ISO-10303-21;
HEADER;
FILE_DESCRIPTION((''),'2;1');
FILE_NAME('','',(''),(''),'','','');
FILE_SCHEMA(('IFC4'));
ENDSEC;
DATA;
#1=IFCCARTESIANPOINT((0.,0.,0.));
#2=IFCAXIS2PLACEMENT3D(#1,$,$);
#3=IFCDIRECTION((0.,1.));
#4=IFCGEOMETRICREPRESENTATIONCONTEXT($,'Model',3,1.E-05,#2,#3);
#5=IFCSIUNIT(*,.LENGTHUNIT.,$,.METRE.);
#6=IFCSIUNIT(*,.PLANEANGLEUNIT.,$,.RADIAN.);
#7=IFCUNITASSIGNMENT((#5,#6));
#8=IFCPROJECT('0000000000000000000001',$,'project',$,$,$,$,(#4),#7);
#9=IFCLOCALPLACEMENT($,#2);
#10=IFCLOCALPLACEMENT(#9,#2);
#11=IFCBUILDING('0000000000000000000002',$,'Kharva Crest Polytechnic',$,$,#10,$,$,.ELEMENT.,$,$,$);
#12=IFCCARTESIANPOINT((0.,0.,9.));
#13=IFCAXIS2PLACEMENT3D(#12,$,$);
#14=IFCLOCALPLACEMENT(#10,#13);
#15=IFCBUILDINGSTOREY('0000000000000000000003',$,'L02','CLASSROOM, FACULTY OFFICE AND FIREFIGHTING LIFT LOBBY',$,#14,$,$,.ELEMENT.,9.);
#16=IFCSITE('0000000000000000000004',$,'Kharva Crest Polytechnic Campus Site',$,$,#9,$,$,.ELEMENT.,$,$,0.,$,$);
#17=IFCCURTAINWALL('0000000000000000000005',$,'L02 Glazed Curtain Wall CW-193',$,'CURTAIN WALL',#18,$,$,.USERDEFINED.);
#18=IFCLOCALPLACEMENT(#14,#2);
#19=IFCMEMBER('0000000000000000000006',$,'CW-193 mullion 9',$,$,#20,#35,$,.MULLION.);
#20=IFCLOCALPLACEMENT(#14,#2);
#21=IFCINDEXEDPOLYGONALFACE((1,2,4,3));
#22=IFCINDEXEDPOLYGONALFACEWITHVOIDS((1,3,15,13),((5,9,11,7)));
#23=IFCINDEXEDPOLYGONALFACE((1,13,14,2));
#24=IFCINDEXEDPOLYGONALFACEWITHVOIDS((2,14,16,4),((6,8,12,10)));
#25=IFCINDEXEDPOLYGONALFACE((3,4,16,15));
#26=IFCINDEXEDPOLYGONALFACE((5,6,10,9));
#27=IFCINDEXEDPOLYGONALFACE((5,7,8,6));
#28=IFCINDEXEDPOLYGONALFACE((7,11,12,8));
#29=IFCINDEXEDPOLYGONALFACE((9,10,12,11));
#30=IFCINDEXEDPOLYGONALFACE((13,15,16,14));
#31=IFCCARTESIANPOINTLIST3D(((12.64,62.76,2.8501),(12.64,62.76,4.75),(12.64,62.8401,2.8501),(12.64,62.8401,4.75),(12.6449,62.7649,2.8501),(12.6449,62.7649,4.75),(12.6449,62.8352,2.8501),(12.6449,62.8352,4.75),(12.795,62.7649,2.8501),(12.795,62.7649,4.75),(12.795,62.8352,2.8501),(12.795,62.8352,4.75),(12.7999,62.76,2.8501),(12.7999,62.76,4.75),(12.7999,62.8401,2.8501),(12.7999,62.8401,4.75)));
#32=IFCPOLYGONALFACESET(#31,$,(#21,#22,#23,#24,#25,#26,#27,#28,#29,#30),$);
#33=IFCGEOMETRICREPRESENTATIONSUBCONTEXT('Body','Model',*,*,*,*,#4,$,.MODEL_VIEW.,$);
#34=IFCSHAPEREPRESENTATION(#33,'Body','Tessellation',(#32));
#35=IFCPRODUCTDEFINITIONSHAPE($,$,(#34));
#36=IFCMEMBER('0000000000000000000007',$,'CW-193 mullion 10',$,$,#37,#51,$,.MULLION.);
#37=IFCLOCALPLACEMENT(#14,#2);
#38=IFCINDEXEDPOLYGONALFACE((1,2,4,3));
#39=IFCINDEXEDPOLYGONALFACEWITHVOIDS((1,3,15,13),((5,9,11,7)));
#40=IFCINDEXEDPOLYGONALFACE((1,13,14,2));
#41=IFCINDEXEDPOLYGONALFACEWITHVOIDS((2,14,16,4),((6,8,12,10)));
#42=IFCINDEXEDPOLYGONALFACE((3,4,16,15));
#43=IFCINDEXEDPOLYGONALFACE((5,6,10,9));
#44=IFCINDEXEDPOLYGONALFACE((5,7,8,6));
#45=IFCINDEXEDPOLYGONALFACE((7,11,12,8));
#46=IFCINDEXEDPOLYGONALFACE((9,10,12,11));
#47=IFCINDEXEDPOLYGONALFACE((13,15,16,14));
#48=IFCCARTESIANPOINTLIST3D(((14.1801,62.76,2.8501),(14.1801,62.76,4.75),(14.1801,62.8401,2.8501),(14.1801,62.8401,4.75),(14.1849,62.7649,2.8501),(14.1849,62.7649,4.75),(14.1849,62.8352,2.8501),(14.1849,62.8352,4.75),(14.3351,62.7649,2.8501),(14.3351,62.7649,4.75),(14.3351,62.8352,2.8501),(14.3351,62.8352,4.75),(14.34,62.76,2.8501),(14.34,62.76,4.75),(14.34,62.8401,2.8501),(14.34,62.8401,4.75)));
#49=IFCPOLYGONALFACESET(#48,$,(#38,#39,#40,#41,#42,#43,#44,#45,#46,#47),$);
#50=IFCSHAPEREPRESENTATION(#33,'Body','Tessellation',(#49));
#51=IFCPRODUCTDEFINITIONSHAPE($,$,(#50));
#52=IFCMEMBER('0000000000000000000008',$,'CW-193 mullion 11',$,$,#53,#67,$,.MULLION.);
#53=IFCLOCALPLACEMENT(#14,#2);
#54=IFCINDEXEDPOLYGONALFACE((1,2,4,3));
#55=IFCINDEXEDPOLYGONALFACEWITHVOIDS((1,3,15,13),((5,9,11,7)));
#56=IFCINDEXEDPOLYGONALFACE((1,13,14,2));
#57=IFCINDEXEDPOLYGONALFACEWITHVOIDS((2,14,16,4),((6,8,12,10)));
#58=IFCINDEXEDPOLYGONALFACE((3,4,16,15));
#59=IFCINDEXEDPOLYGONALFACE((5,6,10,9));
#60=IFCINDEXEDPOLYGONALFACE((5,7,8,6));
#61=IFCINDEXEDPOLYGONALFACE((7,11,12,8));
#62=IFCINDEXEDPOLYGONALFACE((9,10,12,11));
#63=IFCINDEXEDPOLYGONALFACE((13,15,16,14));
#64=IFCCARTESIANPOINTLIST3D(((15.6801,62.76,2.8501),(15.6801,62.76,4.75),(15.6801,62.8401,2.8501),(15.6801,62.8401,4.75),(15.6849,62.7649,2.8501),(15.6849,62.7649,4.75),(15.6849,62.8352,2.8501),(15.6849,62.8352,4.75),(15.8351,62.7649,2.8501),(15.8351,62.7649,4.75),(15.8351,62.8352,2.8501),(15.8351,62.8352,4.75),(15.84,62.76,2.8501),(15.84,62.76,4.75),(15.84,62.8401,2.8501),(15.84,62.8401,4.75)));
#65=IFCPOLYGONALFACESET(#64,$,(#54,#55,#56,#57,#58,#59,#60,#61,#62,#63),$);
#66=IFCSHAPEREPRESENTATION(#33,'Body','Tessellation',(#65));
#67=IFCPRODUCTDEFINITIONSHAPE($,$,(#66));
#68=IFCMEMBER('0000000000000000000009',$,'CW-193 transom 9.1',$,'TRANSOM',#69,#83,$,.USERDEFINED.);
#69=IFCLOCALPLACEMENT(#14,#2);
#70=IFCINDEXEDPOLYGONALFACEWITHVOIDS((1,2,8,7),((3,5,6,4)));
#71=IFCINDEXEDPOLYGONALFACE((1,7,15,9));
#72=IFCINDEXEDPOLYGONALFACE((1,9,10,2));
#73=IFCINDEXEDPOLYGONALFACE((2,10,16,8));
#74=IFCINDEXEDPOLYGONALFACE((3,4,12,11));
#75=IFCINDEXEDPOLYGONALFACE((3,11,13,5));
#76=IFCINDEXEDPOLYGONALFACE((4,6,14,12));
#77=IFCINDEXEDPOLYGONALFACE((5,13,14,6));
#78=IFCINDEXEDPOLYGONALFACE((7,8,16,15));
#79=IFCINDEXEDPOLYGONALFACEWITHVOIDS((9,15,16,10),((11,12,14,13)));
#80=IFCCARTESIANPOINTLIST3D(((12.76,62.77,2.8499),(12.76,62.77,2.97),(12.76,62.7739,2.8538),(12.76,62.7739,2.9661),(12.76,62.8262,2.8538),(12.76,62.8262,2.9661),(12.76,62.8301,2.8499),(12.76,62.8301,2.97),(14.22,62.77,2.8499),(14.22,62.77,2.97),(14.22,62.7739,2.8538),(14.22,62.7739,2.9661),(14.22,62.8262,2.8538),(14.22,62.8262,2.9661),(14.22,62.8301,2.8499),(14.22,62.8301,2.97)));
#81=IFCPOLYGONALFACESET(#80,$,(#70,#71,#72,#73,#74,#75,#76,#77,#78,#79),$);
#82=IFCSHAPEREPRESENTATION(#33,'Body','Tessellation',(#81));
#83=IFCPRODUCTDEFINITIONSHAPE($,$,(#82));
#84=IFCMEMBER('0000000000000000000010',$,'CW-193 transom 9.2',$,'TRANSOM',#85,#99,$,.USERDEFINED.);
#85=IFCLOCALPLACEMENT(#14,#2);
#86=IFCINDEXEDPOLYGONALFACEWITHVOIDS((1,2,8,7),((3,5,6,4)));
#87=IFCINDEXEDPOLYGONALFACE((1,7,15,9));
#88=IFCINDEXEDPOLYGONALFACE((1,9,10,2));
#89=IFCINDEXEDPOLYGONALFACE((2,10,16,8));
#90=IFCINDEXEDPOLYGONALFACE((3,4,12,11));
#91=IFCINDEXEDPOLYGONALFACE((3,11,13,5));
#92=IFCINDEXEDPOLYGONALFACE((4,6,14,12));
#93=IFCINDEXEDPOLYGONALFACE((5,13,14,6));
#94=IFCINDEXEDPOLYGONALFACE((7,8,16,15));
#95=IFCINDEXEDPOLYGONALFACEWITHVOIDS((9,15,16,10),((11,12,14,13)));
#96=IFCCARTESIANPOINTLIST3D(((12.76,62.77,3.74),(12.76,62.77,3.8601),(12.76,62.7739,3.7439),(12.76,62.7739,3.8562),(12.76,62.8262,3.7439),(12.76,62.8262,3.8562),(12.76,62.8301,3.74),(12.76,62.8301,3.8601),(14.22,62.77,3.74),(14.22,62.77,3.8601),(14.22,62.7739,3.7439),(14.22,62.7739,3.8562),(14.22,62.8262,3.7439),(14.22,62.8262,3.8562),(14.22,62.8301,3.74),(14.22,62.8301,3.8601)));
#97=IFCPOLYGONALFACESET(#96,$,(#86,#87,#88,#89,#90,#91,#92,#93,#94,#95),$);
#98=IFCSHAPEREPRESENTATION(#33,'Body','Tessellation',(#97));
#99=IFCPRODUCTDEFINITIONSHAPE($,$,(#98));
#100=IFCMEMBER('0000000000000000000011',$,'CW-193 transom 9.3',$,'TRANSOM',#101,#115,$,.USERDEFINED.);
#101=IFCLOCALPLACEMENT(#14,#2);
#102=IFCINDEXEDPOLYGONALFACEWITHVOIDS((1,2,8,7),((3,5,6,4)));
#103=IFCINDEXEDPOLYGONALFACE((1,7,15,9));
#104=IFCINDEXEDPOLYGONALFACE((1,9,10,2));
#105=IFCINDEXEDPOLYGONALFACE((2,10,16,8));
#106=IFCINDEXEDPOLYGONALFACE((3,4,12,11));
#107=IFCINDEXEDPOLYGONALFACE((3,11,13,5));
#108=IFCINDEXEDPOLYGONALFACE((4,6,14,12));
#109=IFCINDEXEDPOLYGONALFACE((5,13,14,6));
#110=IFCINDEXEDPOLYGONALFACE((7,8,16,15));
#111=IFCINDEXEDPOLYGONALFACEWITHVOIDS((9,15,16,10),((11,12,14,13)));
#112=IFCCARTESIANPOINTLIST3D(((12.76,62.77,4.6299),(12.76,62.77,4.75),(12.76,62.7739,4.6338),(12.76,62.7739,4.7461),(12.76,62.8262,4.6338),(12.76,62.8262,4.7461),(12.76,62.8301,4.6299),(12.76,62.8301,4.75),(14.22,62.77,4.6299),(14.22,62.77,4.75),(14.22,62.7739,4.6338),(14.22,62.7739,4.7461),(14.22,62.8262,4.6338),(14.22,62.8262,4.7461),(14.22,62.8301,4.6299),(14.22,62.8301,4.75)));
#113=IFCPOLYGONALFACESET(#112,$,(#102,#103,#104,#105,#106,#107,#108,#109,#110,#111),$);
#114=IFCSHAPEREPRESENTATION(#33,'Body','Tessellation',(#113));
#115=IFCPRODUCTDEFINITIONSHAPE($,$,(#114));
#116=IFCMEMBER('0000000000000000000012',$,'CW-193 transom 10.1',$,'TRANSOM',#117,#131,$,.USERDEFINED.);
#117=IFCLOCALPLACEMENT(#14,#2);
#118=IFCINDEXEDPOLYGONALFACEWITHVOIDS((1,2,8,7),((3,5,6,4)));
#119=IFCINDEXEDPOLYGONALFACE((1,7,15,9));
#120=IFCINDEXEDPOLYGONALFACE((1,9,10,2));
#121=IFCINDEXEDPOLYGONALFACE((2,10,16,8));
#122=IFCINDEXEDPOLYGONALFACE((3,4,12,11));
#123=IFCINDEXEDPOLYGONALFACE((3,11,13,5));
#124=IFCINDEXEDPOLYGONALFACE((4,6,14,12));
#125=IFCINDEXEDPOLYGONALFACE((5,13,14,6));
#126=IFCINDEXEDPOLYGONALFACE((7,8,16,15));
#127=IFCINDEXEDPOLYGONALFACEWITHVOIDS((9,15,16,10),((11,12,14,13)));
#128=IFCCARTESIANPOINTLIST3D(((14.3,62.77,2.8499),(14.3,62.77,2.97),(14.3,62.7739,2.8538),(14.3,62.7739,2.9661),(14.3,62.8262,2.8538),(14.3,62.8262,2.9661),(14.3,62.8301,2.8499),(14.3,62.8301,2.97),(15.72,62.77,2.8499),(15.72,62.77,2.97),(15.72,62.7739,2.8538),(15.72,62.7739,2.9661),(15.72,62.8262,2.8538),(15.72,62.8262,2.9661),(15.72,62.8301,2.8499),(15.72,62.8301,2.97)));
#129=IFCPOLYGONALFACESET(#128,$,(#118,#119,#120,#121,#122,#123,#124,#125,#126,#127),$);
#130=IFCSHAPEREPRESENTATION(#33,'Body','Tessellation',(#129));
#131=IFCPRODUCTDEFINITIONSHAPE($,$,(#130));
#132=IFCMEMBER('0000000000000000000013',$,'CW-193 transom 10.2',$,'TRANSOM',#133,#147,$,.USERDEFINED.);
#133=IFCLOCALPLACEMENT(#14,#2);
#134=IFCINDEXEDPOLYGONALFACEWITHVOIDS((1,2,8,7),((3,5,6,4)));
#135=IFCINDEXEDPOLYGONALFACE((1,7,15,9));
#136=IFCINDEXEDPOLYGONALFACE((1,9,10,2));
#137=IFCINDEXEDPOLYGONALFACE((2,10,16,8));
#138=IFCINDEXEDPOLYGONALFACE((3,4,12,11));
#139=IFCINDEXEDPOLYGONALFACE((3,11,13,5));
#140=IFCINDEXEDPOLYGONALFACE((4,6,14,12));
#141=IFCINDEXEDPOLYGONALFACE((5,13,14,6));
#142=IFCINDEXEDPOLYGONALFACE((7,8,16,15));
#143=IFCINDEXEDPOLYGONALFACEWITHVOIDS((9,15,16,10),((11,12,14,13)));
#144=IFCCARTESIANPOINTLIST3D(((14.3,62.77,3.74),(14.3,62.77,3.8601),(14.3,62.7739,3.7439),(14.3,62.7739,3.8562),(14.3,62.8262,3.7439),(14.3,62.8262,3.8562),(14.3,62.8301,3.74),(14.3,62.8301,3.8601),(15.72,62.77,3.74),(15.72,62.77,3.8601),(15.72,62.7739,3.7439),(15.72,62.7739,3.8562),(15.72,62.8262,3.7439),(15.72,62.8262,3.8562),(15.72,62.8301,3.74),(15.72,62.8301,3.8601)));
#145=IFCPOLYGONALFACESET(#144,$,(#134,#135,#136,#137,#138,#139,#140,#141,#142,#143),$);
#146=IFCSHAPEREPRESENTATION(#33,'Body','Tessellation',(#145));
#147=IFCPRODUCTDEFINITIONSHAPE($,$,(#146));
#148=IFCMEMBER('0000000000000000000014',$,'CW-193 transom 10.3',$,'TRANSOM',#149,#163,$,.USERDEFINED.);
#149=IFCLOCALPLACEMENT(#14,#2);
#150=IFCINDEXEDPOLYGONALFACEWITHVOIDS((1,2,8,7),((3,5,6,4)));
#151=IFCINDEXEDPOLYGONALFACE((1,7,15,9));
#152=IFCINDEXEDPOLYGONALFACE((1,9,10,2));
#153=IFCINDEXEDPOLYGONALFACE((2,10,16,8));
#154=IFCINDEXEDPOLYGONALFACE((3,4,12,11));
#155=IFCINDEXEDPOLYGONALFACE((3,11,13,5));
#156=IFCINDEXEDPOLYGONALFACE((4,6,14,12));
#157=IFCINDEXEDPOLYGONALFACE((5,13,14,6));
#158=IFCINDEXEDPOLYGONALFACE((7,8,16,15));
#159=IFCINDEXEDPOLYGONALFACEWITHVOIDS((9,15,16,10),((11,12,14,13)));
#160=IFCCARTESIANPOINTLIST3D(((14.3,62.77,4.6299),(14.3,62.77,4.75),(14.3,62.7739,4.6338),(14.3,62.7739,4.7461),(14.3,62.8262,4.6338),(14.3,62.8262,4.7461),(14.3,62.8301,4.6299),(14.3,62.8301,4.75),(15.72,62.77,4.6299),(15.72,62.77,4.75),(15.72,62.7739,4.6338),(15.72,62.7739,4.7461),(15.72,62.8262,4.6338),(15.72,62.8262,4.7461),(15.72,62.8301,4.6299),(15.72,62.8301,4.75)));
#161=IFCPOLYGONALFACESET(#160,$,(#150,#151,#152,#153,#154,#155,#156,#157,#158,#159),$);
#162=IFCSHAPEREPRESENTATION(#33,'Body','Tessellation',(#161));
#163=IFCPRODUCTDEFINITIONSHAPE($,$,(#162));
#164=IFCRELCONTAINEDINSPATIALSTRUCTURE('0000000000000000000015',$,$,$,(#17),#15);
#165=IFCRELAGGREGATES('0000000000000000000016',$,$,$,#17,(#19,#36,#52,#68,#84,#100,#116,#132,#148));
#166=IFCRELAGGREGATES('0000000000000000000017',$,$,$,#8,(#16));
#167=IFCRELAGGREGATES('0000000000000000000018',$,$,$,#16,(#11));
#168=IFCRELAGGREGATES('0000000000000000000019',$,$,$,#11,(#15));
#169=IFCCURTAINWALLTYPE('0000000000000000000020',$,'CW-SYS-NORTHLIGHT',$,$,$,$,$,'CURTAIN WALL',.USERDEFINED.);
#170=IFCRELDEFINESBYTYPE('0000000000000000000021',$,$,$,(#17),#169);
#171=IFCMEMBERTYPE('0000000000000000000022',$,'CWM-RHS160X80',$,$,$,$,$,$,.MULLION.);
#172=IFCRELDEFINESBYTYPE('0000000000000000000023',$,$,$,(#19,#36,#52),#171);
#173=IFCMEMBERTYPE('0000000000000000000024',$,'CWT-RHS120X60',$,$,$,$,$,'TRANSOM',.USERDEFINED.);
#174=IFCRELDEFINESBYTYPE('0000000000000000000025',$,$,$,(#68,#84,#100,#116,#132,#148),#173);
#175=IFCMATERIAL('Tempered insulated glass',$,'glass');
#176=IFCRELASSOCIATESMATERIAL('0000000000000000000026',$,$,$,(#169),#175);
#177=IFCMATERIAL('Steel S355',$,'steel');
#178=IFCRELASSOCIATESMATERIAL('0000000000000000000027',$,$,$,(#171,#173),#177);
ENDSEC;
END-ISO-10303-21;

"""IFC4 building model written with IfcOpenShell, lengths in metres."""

from ifc_helpers import new_model, si_unit, direction, frame, origin, origin_2d, place, context, subcontext, project, spatial, hollow_rectangle, extrude, material, material_profile, profile_set, type_object, element, aggregate, save


model = new_model("IFC4")

# Units and contexts
model_context = context("Model", 3, precision=1e-05, world=origin(), true_north=direction((0.0, 1.0)))
body_context = subcontext(model_context, "Body", "Model", "MODEL_VIEW")
ifc_project = project(units=[si_unit("LENGTHUNIT", "METRE"), si_unit("PLANEANGLEUNIT", "RADIAN")], contexts=[model_context])

# Site, building, storey
site_placement = place(None, origin())
site = spatial("IfcSite", under=ifc_project, at=site_placement, Name="Kharva Crest Polytechnic Campus Site", CompositionType="ELEMENT", RefElevation=0.0)
building_placement = place(site_placement, origin())
building = spatial("IfcBuilding", under=site, at=building_placement, Name="Kharva Crest Polytechnic", CompositionType="ELEMENT")
storey_placement = place(building_placement, frame((0.0, 0.0, 9.0)))
storey = spatial("IfcBuildingStorey", under=building, at=storey_placement, Name="L02", Description="CLASSROOM, FACULTY OFFICE AND FIREFIGHTING LIFT LOBBY", CompositionType="ELEMENT", Elevation=9.0)

# Curtain wall, members
ifc_material_1 = material(Name="Tempered insulated glass", Category="glass")
curtain_wall_type = type_object("IfcCurtainWallType", Name="CW-SYS-NORTHLIGHT", ElementType="CURTAIN WALL", PredefinedType="USERDEFINED", material=ifc_material_1)
curtain_wall_placement = place(storey_placement, origin())
curtain_wall = element("IfcCurtainWall", 1, at=curtain_wall_placement, inside=storey, type_object=curtain_wall_type, Name="L02 Glazed Curtain Wall CW-193", ObjectType="CURTAIN WALL", PredefinedType="USERDEFINED")
ifc_material_2 = material(Name="Steel S355", Category="steel")
ifc_material_profile_1 = material_profile(ifc_material_2, hollow_rectangle(XDim=0.0801, YDim=0.1599, WallThickness=0.0049, at=origin_2d()), Name="RHS 160X80X5.0")
ifc_profile_set_1 = profile_set([ifc_material_profile_1], Name="Steel S355")
member_type_1 = type_object("IfcMemberType", Name="CWM-RHS160X80", PredefinedType="MULLION", material=ifc_profile_set_1)
member_1_placement = place(storey_placement, frame((12.72, 62.8, 2.8501), z_axis=(0.0, 0.0, 1.0), x_axis=(0.0, 1.0, 0.0)))
member_1 = element("IfcMember", 2, at=member_1_placement, type_object=member_type_1, Name="CW-193 mullion 9", PredefinedType="MULLION", context=body_context, shape_type="SweptSolid", body=[
    extrude(hollow_rectangle(XDim=0.0801, YDim=0.1599, WallThickness=0.0049, at=origin_2d()), origin(), (0.0, 0.0, 1.0), 1.8999),
])
member_2_placement = place(storey_placement, frame((14.26, 62.8, 2.8501), z_axis=(0.0, 0.0, 1.0), x_axis=(0.0, 1.0, 0.0)))
member_2 = element("IfcMember", 3, at=member_2_placement, type_object=member_type_1, Name="CW-193 mullion 10", PredefinedType="MULLION", context=body_context, shape_type="SweptSolid", body=[
    extrude(hollow_rectangle(XDim=0.0801, YDim=0.1599, WallThickness=0.0049, at=origin_2d()), origin(), (0.0, 0.0, 1.0), 1.8999),
])
member_3_placement = place(storey_placement, frame((15.76, 62.8, 2.8501), z_axis=(0.0, 0.0, 1.0), x_axis=(0.0, 1.0, 0.0)))
member_3 = element("IfcMember", 4, at=member_3_placement, type_object=member_type_1, Name="CW-193 mullion 11", PredefinedType="MULLION", context=body_context, shape_type="SweptSolid", body=[
    extrude(hollow_rectangle(XDim=0.0801, YDim=0.1599, WallThickness=0.0049, at=origin_2d()), origin(), (0.0, 0.0, 1.0), 1.8999),
])
ifc_material_profile_2 = material_profile(ifc_material_2, hollow_rectangle(XDim=0.0601, YDim=0.1201, WallThickness=0.0039, at=origin_2d()), Name="RHS 120X60X4.0")
ifc_profile_set_2 = profile_set([ifc_material_profile_2], Name="Steel S355")
member_type_2 = type_object("IfcMemberType", Name="CWT-RHS120X60", ElementType="TRANSOM", PredefinedType="USERDEFINED", material=ifc_profile_set_2)
member_4_placement = place(storey_placement, frame((12.76, 62.8, 2.9099), z_axis=(1.0, 0.0, 0.0), x_axis=(0.0, 1.0, 0.0)))
member_4 = element("IfcMember", 5, at=member_4_placement, type_object=member_type_2, Name="CW-193 transom 9.1", ObjectType="TRANSOM", PredefinedType="USERDEFINED", context=body_context, shape_type="SweptSolid", body=[
    extrude(hollow_rectangle(XDim=0.0601, YDim=0.1201, WallThickness=0.0039, at=origin_2d()), origin(), (0.0, 0.0, 1.0), 1.46),
])
member_5_placement = place(storey_placement, frame((12.76, 62.8, 3.8), z_axis=(1.0, 0.0, 0.0), x_axis=(0.0, 1.0, 0.0)))
member_5 = element("IfcMember", 6, at=member_5_placement, type_object=member_type_2, Name="CW-193 transom 9.2", ObjectType="TRANSOM", PredefinedType="USERDEFINED", context=body_context, shape_type="SweptSolid", body=[
    extrude(hollow_rectangle(XDim=0.0601, YDim=0.1201, WallThickness=0.0039, at=origin_2d()), origin(), (0.0, 0.0, 1.0), 1.46),
])
member_6_placement = place(storey_placement, frame((12.76, 62.8, 4.6899), z_axis=(1.0, 0.0, 0.0), x_axis=(0.0, 1.0, 0.0)))
member_6 = element("IfcMember", 7, at=member_6_placement, type_object=member_type_2, Name="CW-193 transom 9.3", ObjectType="TRANSOM", PredefinedType="USERDEFINED", context=body_context, shape_type="SweptSolid", body=[
    extrude(hollow_rectangle(XDim=0.0601, YDim=0.1201, WallThickness=0.0039, at=origin_2d()), origin(), (0.0, 0.0, 1.0), 1.46),
])
member_7_placement = place(storey_placement, frame((14.3, 62.8, 2.9099), z_axis=(1.0, 0.0, 0.0), x_axis=(0.0, 1.0, 0.0)))
member_7 = element("IfcMember", 8, at=member_7_placement, type_object=member_type_2, Name="CW-193 transom 10.1", ObjectType="TRANSOM", PredefinedType="USERDEFINED", context=body_context, shape_type="SweptSolid", body=[
    extrude(hollow_rectangle(XDim=0.0601, YDim=0.1201, WallThickness=0.0039, at=origin_2d()), origin(), (0.0, 0.0, 1.0), 1.4199),
])
member_8_placement = place(storey_placement, frame((14.3, 62.8, 3.8), z_axis=(1.0, 0.0, 0.0), x_axis=(0.0, 1.0, 0.0)))
member_8 = element("IfcMember", 9, at=member_8_placement, type_object=member_type_2, Name="CW-193 transom 10.2", ObjectType="TRANSOM", PredefinedType="USERDEFINED", context=body_context, shape_type="SweptSolid", body=[
    extrude(hollow_rectangle(XDim=0.0601, YDim=0.1201, WallThickness=0.0039, at=origin_2d()), origin(), (0.0, 0.0, 1.0), 1.4199),
])
member_9_placement = place(storey_placement, frame((14.3, 62.8, 4.6899), z_axis=(1.0, 0.0, 0.0), x_axis=(0.0, 1.0, 0.0)))
member_9 = element("IfcMember", 10, at=member_9_placement, type_object=member_type_2, Name="CW-193 transom 10.3", ObjectType="TRANSOM", PredefinedType="USERDEFINED", context=body_context, shape_type="SweptSolid", body=[
    extrude(hollow_rectangle(XDim=0.0601, YDim=0.1201, WallThickness=0.0039, at=origin_2d()), origin(), (0.0, 0.0, 1.0), 1.4199),
])

aggregate(curtain_wall, [member_1, member_2, member_3, member_4, member_5, member_6, member_7, member_8, member_9])

save(model, "model.ifc")
